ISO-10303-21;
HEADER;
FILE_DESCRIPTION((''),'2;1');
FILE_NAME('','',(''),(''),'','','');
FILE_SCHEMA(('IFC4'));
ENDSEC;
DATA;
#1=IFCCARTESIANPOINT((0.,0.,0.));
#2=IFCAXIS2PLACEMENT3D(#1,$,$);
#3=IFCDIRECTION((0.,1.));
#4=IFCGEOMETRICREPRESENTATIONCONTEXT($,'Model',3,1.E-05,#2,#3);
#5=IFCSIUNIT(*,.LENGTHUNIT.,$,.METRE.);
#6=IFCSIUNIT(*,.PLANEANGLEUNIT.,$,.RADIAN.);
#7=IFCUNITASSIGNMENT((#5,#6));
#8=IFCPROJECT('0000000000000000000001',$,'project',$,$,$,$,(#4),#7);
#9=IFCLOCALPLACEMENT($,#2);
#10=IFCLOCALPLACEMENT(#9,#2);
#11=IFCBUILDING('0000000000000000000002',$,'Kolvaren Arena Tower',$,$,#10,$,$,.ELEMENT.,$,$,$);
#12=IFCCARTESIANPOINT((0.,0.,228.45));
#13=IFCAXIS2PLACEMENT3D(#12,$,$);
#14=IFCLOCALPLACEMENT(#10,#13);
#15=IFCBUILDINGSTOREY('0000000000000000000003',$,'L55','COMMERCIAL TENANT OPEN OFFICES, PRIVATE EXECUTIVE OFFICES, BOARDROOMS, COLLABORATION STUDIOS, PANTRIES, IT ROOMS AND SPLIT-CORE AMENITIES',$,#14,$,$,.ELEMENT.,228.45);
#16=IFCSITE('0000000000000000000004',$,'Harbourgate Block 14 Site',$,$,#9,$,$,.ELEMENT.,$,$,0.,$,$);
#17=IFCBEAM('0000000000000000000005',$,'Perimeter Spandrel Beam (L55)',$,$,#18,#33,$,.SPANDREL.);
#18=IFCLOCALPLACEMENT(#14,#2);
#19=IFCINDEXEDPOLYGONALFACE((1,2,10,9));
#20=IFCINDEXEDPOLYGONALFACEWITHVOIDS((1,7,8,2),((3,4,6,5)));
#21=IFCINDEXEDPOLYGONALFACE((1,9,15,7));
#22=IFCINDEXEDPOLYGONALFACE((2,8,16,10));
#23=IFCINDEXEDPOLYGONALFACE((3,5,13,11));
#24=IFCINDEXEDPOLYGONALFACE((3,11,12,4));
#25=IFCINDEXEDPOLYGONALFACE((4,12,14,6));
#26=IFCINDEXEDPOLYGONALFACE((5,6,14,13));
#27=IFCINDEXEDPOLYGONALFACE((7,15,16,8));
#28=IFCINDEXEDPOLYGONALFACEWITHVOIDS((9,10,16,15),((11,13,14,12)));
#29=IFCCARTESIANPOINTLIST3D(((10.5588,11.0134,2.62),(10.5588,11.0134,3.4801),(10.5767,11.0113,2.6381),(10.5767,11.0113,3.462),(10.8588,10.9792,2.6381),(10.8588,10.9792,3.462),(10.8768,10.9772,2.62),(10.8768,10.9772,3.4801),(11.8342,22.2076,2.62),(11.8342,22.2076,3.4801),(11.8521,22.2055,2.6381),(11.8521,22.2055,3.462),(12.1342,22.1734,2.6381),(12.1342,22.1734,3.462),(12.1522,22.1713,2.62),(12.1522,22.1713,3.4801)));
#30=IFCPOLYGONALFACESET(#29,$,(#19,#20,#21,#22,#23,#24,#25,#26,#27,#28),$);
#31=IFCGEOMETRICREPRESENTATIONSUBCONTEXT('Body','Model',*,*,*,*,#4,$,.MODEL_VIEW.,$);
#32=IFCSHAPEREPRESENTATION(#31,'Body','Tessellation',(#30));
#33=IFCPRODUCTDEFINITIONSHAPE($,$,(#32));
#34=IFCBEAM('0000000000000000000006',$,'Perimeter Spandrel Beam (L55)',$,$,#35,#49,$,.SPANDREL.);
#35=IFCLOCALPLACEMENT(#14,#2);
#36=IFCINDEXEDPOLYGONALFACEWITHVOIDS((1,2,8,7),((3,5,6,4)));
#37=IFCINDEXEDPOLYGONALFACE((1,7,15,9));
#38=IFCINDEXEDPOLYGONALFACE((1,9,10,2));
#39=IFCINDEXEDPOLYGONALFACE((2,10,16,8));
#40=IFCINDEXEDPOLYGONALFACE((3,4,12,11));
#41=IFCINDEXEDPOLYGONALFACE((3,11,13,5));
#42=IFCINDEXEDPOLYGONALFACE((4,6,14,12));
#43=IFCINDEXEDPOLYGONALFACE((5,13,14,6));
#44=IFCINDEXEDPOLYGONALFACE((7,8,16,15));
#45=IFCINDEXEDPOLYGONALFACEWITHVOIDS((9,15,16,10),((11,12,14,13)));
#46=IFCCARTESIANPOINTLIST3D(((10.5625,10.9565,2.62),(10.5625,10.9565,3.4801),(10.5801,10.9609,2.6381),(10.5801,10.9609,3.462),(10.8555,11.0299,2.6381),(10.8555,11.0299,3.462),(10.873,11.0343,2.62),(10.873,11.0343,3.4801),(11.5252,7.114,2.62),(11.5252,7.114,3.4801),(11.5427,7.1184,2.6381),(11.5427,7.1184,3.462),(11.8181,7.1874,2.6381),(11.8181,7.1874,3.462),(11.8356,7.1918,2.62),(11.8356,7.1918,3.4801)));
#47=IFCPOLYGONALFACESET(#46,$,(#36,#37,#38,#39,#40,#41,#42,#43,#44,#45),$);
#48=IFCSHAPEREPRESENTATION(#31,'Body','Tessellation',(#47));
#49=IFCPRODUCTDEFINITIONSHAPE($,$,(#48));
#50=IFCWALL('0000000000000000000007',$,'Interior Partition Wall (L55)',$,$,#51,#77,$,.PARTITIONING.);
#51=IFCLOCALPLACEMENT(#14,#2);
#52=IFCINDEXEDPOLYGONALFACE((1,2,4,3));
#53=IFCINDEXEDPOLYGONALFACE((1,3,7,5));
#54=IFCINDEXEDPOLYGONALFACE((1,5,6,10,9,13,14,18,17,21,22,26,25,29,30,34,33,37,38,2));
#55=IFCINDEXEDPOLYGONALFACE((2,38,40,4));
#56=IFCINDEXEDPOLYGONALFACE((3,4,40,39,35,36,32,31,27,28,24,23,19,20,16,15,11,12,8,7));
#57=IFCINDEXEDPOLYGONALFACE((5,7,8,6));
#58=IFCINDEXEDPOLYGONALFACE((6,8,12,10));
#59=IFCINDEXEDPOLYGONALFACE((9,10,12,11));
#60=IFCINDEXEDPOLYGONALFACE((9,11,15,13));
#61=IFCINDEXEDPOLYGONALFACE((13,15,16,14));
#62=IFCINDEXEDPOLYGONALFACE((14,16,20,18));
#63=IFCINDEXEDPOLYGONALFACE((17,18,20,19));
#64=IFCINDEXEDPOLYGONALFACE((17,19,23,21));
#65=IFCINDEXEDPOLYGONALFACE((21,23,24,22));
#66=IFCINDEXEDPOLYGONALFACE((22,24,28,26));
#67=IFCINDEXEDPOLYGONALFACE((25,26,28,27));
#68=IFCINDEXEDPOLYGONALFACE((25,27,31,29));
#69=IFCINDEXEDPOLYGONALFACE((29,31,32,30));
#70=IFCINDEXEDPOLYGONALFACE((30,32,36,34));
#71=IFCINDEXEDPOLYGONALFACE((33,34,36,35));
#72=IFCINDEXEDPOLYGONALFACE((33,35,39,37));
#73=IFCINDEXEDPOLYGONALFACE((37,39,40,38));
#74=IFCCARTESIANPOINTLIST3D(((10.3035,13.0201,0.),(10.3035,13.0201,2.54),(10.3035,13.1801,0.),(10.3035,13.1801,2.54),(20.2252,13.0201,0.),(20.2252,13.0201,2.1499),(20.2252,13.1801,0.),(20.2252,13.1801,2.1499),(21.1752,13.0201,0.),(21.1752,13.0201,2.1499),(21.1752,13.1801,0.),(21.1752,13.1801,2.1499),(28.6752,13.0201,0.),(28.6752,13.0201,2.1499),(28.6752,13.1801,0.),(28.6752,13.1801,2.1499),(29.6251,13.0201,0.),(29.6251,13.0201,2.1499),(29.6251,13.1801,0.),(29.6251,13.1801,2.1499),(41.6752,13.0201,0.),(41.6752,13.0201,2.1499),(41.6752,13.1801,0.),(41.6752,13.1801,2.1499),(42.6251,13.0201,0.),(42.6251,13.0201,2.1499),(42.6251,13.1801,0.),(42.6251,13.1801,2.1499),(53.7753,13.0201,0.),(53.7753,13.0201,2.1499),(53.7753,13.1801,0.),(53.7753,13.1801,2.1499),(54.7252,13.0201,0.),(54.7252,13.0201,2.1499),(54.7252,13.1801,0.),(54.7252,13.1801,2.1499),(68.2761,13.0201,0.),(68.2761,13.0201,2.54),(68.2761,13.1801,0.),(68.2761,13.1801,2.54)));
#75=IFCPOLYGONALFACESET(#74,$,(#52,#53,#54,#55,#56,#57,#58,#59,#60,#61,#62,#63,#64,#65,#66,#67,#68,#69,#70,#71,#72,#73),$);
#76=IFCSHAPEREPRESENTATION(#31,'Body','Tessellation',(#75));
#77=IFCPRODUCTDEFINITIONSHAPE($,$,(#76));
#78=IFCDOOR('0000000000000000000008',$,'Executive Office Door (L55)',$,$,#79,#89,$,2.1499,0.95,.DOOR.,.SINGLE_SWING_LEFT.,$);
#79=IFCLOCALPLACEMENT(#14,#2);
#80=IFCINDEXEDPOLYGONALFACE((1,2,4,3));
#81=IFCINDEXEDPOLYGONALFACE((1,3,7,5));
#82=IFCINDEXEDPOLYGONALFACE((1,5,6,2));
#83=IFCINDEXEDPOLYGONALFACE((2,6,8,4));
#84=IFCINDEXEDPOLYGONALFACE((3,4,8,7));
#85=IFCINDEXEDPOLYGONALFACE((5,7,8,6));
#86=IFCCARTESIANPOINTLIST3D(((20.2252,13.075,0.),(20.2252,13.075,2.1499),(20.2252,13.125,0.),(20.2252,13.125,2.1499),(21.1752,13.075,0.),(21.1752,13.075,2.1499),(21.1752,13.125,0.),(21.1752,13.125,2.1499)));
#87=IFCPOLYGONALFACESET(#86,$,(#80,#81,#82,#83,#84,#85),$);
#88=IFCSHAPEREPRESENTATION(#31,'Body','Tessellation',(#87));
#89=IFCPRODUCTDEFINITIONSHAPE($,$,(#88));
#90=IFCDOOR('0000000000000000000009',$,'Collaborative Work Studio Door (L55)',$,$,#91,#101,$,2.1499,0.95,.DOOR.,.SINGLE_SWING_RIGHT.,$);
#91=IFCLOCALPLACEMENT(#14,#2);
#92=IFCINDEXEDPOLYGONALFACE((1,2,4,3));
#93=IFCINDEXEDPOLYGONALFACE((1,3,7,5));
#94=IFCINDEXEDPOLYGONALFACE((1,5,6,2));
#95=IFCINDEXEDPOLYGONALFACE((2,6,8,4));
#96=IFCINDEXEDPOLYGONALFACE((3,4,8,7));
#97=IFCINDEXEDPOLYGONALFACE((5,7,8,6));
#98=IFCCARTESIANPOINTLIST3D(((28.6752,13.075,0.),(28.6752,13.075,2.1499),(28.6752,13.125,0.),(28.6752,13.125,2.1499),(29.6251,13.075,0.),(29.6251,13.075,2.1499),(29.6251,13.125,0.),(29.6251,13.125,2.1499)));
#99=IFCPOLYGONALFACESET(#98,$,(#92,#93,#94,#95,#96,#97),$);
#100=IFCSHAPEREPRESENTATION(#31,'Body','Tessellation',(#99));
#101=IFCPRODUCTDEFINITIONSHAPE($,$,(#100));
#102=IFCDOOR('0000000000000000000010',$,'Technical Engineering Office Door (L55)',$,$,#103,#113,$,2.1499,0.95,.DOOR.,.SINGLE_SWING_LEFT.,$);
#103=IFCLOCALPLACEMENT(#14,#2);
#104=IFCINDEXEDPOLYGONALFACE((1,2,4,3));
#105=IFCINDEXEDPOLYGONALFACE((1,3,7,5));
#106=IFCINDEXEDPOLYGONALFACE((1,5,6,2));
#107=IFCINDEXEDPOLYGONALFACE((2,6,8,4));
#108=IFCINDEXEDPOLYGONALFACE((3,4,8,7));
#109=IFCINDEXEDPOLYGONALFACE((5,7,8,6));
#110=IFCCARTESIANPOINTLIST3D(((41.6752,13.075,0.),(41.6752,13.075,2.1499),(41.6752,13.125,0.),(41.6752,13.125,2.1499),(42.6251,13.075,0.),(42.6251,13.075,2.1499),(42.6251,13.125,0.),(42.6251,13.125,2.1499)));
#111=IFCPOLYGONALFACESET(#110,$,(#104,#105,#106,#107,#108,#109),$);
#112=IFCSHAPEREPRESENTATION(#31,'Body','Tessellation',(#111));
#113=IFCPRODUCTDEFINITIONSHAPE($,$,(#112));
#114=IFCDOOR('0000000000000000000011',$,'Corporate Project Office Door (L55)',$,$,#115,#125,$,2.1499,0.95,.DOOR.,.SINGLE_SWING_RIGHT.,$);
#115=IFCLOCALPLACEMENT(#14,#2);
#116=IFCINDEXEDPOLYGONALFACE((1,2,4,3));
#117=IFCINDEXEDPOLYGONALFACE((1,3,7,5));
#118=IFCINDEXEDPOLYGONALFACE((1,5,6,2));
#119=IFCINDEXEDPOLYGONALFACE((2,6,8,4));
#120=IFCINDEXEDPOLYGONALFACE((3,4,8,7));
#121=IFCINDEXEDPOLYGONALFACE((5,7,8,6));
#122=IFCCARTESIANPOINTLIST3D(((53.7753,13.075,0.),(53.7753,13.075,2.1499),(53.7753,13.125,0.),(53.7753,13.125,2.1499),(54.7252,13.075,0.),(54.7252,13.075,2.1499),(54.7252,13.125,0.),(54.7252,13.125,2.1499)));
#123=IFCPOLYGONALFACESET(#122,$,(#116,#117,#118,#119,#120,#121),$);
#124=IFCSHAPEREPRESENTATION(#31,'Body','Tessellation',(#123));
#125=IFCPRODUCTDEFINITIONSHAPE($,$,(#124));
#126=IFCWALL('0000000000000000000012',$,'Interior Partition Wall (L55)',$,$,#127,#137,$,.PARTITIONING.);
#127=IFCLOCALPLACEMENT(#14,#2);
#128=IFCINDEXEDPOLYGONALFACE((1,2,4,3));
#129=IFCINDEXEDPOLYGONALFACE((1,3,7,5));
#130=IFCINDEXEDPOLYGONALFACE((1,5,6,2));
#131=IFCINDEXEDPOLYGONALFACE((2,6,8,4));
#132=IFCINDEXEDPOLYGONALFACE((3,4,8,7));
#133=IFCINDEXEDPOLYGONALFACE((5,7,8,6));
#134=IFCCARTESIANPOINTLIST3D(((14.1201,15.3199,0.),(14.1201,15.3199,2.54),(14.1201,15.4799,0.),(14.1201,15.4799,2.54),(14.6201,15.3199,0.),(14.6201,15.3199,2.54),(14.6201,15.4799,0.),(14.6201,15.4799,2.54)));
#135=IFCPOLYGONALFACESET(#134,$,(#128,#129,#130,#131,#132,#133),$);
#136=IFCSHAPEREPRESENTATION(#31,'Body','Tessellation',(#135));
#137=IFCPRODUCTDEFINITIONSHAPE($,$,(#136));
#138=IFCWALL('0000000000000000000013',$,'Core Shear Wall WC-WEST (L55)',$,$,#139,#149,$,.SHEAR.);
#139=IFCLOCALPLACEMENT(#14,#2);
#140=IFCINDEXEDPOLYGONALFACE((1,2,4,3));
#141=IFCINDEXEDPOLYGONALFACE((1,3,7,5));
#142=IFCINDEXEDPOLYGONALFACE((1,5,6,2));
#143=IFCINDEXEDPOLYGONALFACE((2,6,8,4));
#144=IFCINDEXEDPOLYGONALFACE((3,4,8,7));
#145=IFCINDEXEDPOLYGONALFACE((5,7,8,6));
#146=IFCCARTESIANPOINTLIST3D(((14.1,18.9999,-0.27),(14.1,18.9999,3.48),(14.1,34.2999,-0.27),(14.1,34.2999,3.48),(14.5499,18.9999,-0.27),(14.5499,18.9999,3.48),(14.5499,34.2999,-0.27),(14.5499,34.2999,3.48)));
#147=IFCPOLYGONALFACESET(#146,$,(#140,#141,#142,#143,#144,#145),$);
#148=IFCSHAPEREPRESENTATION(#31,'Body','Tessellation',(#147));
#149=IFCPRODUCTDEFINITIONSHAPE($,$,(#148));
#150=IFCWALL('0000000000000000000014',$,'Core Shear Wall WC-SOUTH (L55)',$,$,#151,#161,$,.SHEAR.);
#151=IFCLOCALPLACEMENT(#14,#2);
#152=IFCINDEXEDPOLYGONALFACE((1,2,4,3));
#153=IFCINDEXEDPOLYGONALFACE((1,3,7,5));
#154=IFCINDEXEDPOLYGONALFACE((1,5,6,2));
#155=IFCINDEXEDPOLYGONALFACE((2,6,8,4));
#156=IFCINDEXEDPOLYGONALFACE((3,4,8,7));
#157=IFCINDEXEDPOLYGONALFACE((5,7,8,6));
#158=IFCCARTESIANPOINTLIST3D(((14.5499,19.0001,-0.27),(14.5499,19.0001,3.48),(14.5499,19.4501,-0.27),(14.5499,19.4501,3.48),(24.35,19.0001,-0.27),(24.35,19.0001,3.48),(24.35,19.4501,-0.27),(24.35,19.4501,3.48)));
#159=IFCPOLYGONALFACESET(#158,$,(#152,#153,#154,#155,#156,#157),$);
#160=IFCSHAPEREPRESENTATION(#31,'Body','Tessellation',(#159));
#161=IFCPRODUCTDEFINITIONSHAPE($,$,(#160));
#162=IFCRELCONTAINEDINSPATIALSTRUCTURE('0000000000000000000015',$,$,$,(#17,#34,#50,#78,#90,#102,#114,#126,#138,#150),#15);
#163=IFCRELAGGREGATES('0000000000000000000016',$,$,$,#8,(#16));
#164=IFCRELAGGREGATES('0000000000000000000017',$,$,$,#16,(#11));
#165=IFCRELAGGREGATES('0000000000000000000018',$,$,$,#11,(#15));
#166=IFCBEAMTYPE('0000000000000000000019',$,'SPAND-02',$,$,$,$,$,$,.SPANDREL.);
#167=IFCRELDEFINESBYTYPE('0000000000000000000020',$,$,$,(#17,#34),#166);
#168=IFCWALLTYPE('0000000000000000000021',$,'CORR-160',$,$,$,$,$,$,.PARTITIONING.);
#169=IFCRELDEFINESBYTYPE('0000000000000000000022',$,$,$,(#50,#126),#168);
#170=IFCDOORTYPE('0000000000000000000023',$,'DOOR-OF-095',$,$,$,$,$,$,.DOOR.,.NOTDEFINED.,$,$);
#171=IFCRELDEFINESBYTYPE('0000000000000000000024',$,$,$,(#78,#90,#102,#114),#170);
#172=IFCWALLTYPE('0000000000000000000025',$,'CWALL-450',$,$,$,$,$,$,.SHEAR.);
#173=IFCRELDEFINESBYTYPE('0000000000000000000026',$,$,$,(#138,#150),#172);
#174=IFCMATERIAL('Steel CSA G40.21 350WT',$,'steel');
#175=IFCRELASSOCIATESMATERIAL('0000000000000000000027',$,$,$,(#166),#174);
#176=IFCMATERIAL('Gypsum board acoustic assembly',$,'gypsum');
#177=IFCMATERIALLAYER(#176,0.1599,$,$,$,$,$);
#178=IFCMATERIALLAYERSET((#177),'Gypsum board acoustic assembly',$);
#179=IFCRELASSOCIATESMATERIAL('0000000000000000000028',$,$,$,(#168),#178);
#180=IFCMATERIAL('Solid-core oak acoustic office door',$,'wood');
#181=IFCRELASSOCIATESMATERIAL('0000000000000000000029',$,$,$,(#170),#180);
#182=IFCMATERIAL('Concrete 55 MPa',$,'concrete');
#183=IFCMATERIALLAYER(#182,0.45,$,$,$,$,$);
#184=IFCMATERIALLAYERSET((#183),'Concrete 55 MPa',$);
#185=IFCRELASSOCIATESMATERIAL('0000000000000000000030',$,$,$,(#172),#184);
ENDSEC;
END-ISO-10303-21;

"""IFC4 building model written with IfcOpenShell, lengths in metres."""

from ifc_helpers import new_model, si_unit, direction, frame, frame_2d, origin, origin_2d, place, context, subcontext, project, spatial, rectangle, hollow_rectangle, extrude, material, layer, layer_set, material_profile, profile_set, type_object, element, fill, save


model = new_model("IFC4")

# Units and contexts
model_context = context("Model", 3, precision=1e-05, world=origin(), true_north=direction((0.0, 1.0)))
body_context = subcontext(model_context, "Body", "Model", "MODEL_VIEW")
ifc_project = project(units=[si_unit("LENGTHUNIT", "METRE"), si_unit("PLANEANGLEUNIT", "RADIAN")], contexts=[model_context])

# Site, building, storey
site_placement = place(None, origin())
site = spatial("IfcSite", under=ifc_project, at=site_placement, Name="Harbourgate Block 14 Site", CompositionType="ELEMENT", RefElevation=0.0)
building_placement = place(site_placement, origin())
building = spatial("IfcBuilding", under=site, at=building_placement, Name="Kolvaren Arena Tower", CompositionType="ELEMENT")
storey_placement = place(building_placement, frame((0.0, 0.0, 228.45)))
storey = spatial("IfcBuildingStorey", under=building, at=storey_placement, Name="L55", Description="COMMERCIAL TENANT OPEN OFFICES, PRIVATE EXECUTIVE OFFICES, BOARDROOMS, COLLABORATION STUDIOS, PANTRIES, IT ROOMS AND SPLIT-CORE AMENITIES", CompositionType="ELEMENT", Elevation=228.45)

# Beams
ifc_material_1 = material(Name="Steel CSA G40.21 350WT", Category="steel")
ifc_material_profile_1 = material_profile(ifc_material_1, hollow_rectangle(XDim=0.3201, YDim=0.8601, WallThickness=0.0181, at=origin_2d()), Name="HSS 860x320x18")
ifc_profile_set_1 = profile_set([ifc_material_profile_1], Name="Steel CSA G40.21 350WT")
beam_type_1 = type_object("IfcBeamType", Name="SPAND-02", PredefinedType="SPANDREL", material=ifc_profile_set_1)
beam_1_placement = place(storey_placement, frame((11.9932, 22.1895, 3.05), z_axis=(-0.113202, -0.993572, 0.0), x_axis=(0.993572, -0.113202, 0.0)))
element("IfcBeam", 1, at=beam_1_placement, inside=storey, type_object=beam_type_1, Name="Perimeter Spandrel Beam (L55)", PredefinedType="SPANDREL", context=body_context, shape_type="SweptSolid", body=[
    extrude(hollow_rectangle(XDim=0.3201, YDim=0.8601, WallThickness=0.0181, at=origin_2d()), origin(), (0.0, 0.0, 1.0), 11.2666),
])
beam_2_placement = place(storey_placement, frame((10.7178, 10.9954, 3.05), z_axis=(0.243014, -0.970023, 0.0), x_axis=(0.970023, 0.243014, 0.0)))
element("IfcBeam", 2, at=beam_2_placement, inside=storey, type_object=beam_type_1, Name="Perimeter Spandrel Beam (L55)", PredefinedType="SPANDREL", context=body_context, shape_type="SweptSolid", body=[
    extrude(hollow_rectangle(XDim=0.3201, YDim=0.8601, WallThickness=0.0181, at=origin_2d()), origin(), (0.0, 0.0, 1.0), 3.9612),
])

# Wall, openings, doors
ifc_material_2 = material(Name="Gypsum board acoustic assembly", Category="gypsum")
ifc_layer_1 = layer(ifc_material_2, 0.1599)
ifc_layer_set_1 = layer_set([ifc_layer_1], Name="Gypsum board acoustic assembly")
wall_type_1 = type_object("IfcWallType", Name="CORR-160", PredefinedType="PARTITIONING", material=ifc_layer_set_1)
wall_1_placement = place(storey_placement, frame((10.3035, 13.1001, 0.0), z_axis=(0.0, 0.0, 1.0), x_axis=(1.0, 0.0, 0.0)))
wall_1 = element("IfcWall", 3, at=wall_1_placement, inside=storey, type_object=wall_type_1, Name="Interior Partition Wall (L55)", PredefinedType="PARTITIONING", context=body_context, shape_type="SweptSolid", body=[
    extrude(rectangle(XDim=57.9727, YDim=0.1599, at=frame_2d((28.9863, 0.0))), origin(), (0.0, 0.0, 1.0), 2.54),
])
opening_1_placement = place(wall_1_placement, frame((9.9216, 0.0, 0.0)))
opening_1 = element("IfcOpeningElement", 4, at=opening_1_placement, cuts=wall_1, PredefinedType="OPENING", context=body_context, shape_type="SweptSolid", body=[
    extrude(rectangle(XDim=0.95, YDim=2.1499, at=frame_2d((0.4751, 1.075))), frame((0.0, 0.0898, 0.0), z_axis=(0.0, -1.0, 0.0), x_axis=(1.0, 0.0, 0.0)), (0.0, 0.0, 1.0), 0.1799),
])
opening_2_placement = place(wall_1_placement, frame((18.3716, 0.0, 0.0)))
opening_2 = element("IfcOpeningElement", 5, at=opening_2_placement, cuts=wall_1, PredefinedType="OPENING", context=body_context, shape_type="SweptSolid", body=[
    extrude(rectangle(XDim=0.95, YDim=2.1499, at=frame_2d((0.4751, 1.075))), frame((0.0, 0.0898, 0.0), z_axis=(0.0, -1.0, 0.0), x_axis=(1.0, 0.0, 0.0)), (0.0, 0.0, 1.0), 0.1799),
])
opening_3_placement = place(wall_1_placement, frame((31.3716, 0.0, 0.0)))
opening_3 = element("IfcOpeningElement", 6, at=opening_3_placement, cuts=wall_1, PredefinedType="OPENING", context=body_context, shape_type="SweptSolid", body=[
    extrude(rectangle(XDim=0.95, YDim=2.1499, at=frame_2d((0.4751, 1.075))), frame((0.0, 0.0898, 0.0), z_axis=(0.0, -1.0, 0.0), x_axis=(1.0, 0.0, 0.0)), (0.0, 0.0, 1.0), 0.1799),
])
opening_4_placement = place(wall_1_placement, frame((43.4717, 0.0, 0.0)))
opening_4 = element("IfcOpeningElement", 7, at=opening_4_placement, cuts=wall_1, PredefinedType="OPENING", context=body_context, shape_type="SweptSolid", body=[
    extrude(rectangle(XDim=0.95, YDim=2.1499, at=frame_2d((0.4751, 1.075))), frame((0.0, 0.0898, 0.0), z_axis=(0.0, -1.0, 0.0), x_axis=(1.0, 0.0, 0.0)), (0.0, 0.0, 1.0), 0.1799),
])
ifc_material_3 = material(Name="Solid-core oak acoustic office door", Category="wood")
door_type_1 = type_object("IfcDoorType", Name="DOOR-OF-095", OperationType="NOTDEFINED", PredefinedType="DOOR", material=ifc_material_3)
door_1_placement = place(opening_1_placement, origin())
door_1 = element("IfcDoor", 8, at=door_1_placement, inside=storey, type_object=door_type_1, Name="Executive Office Door (L55)", OperationType="SINGLE_SWING_LEFT", OverallHeight=2.1499, OverallWidth=0.95, PredefinedType="DOOR", context=body_context, shape_type="SweptSolid", body=[
    extrude(rectangle(XDim=0.95, YDim=2.1499, at=frame_2d((0.4751, 1.075))), frame((0.0, 0.0249, 0.0), z_axis=(0.0, -1.0, 0.0), x_axis=(1.0, 0.0, 0.0)), (0.0, 0.0, 1.0), 0.05),
])
fill(opening_1, door_1)
door_2_placement = place(opening_2_placement, origin())
door_2 = element("IfcDoor", 9, at=door_2_placement, inside=storey, type_object=door_type_1, Name="Collaborative Work Studio Door (L55)", OperationType="SINGLE_SWING_RIGHT", OverallHeight=2.1499, OverallWidth=0.95, PredefinedType="DOOR", context=body_context, shape_type="SweptSolid", body=[
    extrude(rectangle(XDim=0.95, YDim=2.1499, at=frame_2d((0.4751, 1.075))), frame((0.0, 0.0249, 0.0), z_axis=(0.0, -1.0, 0.0), x_axis=(1.0, 0.0, 0.0)), (0.0, 0.0, 1.0), 0.05),
])
fill(opening_2, door_2)
door_3_placement = place(opening_3_placement, origin())
door_3 = element("IfcDoor", 10, at=door_3_placement, inside=storey, type_object=door_type_1, Name="Technical Engineering Office Door (L55)", OperationType="SINGLE_SWING_LEFT", OverallHeight=2.1499, OverallWidth=0.95, PredefinedType="DOOR", context=body_context, shape_type="SweptSolid", body=[
    extrude(rectangle(XDim=0.95, YDim=2.1499, at=frame_2d((0.4751, 1.075))), frame((0.0, 0.0249, 0.0), z_axis=(0.0, -1.0, 0.0), x_axis=(1.0, 0.0, 0.0)), (0.0, 0.0, 1.0), 0.05),
])
fill(opening_3, door_3)
door_4_placement = place(opening_4_placement, origin())
door_4 = element("IfcDoor", 11, at=door_4_placement, inside=storey, type_object=door_type_1, Name="Corporate Project Office Door (L55)", OperationType="SINGLE_SWING_RIGHT", OverallHeight=2.1499, OverallWidth=0.95, PredefinedType="DOOR", context=body_context, shape_type="SweptSolid", body=[
    extrude(rectangle(XDim=0.95, YDim=2.1499, at=frame_2d((0.4751, 1.075))), frame((0.0, 0.0249, 0.0), z_axis=(0.0, -1.0, 0.0), x_axis=(1.0, 0.0, 0.0)), (0.0, 0.0, 1.0), 0.05),
])
fill(opening_4, door_4)

# Walls
wall_2_placement = place(storey_placement, frame((14.1201, 15.3999, 0.0), z_axis=(0.0, 0.0, 1.0), x_axis=(1.0, 0.0, 0.0)))
element("IfcWall", 12, at=wall_2_placement, inside=storey, type_object=wall_type_1, Name="Interior Partition Wall (L55)", PredefinedType="PARTITIONING", context=body_context, shape_type="SweptSolid", body=[
    extrude(rectangle(XDim=0.5, YDim=0.1599, at=frame_2d((0.25, 0.0))), origin(), (0.0, 0.0, 1.0), 2.54),
])
ifc_material_4 = material(Name="Concrete 55 MPa", Category="concrete")
ifc_layer_2 = layer(ifc_material_4, 0.45)
ifc_layer_set_2 = layer_set([ifc_layer_2], Name="Concrete 55 MPa")
wall_type_2 = type_object("IfcWallType", Name="CWALL-450", PredefinedType="SHEAR", material=ifc_layer_set_2)
wall_3_placement = place(storey_placement, frame((14.325, 19.0, -0.27), z_axis=(0.0, 0.0, 1.0), x_axis=(0.0, 1.0, 0.0)))
element("IfcWall", 13, at=wall_3_placement, inside=storey, type_object=wall_type_2, Name="Core Shear Wall WC-WEST (L55)", PredefinedType="SHEAR", context=body_context, shape_type="SweptSolid", body=[
    extrude(rectangle(XDim=15.3, YDim=0.45, at=frame_2d((7.6499, 0.0))), origin(), (0.0, 0.0, 1.0), 3.75),
])
wall_4_placement = place(storey_placement, frame((14.55, 19.2251, -0.27), z_axis=(0.0, 0.0, 1.0), x_axis=(1.0, 0.0, 0.0)))
element("IfcWall", 14, at=wall_4_placement, inside=storey, type_object=wall_type_2, Name="Core Shear Wall WC-SOUTH (L55)", PredefinedType="SHEAR", context=body_context, shape_type="SweptSolid", body=[
    extrude(rectangle(XDim=9.8, YDim=0.45, at=frame_2d((4.8999, 0.0))), origin(), (0.0, 0.0, 1.0), 3.75),
])

save(model, "model.ifc")
